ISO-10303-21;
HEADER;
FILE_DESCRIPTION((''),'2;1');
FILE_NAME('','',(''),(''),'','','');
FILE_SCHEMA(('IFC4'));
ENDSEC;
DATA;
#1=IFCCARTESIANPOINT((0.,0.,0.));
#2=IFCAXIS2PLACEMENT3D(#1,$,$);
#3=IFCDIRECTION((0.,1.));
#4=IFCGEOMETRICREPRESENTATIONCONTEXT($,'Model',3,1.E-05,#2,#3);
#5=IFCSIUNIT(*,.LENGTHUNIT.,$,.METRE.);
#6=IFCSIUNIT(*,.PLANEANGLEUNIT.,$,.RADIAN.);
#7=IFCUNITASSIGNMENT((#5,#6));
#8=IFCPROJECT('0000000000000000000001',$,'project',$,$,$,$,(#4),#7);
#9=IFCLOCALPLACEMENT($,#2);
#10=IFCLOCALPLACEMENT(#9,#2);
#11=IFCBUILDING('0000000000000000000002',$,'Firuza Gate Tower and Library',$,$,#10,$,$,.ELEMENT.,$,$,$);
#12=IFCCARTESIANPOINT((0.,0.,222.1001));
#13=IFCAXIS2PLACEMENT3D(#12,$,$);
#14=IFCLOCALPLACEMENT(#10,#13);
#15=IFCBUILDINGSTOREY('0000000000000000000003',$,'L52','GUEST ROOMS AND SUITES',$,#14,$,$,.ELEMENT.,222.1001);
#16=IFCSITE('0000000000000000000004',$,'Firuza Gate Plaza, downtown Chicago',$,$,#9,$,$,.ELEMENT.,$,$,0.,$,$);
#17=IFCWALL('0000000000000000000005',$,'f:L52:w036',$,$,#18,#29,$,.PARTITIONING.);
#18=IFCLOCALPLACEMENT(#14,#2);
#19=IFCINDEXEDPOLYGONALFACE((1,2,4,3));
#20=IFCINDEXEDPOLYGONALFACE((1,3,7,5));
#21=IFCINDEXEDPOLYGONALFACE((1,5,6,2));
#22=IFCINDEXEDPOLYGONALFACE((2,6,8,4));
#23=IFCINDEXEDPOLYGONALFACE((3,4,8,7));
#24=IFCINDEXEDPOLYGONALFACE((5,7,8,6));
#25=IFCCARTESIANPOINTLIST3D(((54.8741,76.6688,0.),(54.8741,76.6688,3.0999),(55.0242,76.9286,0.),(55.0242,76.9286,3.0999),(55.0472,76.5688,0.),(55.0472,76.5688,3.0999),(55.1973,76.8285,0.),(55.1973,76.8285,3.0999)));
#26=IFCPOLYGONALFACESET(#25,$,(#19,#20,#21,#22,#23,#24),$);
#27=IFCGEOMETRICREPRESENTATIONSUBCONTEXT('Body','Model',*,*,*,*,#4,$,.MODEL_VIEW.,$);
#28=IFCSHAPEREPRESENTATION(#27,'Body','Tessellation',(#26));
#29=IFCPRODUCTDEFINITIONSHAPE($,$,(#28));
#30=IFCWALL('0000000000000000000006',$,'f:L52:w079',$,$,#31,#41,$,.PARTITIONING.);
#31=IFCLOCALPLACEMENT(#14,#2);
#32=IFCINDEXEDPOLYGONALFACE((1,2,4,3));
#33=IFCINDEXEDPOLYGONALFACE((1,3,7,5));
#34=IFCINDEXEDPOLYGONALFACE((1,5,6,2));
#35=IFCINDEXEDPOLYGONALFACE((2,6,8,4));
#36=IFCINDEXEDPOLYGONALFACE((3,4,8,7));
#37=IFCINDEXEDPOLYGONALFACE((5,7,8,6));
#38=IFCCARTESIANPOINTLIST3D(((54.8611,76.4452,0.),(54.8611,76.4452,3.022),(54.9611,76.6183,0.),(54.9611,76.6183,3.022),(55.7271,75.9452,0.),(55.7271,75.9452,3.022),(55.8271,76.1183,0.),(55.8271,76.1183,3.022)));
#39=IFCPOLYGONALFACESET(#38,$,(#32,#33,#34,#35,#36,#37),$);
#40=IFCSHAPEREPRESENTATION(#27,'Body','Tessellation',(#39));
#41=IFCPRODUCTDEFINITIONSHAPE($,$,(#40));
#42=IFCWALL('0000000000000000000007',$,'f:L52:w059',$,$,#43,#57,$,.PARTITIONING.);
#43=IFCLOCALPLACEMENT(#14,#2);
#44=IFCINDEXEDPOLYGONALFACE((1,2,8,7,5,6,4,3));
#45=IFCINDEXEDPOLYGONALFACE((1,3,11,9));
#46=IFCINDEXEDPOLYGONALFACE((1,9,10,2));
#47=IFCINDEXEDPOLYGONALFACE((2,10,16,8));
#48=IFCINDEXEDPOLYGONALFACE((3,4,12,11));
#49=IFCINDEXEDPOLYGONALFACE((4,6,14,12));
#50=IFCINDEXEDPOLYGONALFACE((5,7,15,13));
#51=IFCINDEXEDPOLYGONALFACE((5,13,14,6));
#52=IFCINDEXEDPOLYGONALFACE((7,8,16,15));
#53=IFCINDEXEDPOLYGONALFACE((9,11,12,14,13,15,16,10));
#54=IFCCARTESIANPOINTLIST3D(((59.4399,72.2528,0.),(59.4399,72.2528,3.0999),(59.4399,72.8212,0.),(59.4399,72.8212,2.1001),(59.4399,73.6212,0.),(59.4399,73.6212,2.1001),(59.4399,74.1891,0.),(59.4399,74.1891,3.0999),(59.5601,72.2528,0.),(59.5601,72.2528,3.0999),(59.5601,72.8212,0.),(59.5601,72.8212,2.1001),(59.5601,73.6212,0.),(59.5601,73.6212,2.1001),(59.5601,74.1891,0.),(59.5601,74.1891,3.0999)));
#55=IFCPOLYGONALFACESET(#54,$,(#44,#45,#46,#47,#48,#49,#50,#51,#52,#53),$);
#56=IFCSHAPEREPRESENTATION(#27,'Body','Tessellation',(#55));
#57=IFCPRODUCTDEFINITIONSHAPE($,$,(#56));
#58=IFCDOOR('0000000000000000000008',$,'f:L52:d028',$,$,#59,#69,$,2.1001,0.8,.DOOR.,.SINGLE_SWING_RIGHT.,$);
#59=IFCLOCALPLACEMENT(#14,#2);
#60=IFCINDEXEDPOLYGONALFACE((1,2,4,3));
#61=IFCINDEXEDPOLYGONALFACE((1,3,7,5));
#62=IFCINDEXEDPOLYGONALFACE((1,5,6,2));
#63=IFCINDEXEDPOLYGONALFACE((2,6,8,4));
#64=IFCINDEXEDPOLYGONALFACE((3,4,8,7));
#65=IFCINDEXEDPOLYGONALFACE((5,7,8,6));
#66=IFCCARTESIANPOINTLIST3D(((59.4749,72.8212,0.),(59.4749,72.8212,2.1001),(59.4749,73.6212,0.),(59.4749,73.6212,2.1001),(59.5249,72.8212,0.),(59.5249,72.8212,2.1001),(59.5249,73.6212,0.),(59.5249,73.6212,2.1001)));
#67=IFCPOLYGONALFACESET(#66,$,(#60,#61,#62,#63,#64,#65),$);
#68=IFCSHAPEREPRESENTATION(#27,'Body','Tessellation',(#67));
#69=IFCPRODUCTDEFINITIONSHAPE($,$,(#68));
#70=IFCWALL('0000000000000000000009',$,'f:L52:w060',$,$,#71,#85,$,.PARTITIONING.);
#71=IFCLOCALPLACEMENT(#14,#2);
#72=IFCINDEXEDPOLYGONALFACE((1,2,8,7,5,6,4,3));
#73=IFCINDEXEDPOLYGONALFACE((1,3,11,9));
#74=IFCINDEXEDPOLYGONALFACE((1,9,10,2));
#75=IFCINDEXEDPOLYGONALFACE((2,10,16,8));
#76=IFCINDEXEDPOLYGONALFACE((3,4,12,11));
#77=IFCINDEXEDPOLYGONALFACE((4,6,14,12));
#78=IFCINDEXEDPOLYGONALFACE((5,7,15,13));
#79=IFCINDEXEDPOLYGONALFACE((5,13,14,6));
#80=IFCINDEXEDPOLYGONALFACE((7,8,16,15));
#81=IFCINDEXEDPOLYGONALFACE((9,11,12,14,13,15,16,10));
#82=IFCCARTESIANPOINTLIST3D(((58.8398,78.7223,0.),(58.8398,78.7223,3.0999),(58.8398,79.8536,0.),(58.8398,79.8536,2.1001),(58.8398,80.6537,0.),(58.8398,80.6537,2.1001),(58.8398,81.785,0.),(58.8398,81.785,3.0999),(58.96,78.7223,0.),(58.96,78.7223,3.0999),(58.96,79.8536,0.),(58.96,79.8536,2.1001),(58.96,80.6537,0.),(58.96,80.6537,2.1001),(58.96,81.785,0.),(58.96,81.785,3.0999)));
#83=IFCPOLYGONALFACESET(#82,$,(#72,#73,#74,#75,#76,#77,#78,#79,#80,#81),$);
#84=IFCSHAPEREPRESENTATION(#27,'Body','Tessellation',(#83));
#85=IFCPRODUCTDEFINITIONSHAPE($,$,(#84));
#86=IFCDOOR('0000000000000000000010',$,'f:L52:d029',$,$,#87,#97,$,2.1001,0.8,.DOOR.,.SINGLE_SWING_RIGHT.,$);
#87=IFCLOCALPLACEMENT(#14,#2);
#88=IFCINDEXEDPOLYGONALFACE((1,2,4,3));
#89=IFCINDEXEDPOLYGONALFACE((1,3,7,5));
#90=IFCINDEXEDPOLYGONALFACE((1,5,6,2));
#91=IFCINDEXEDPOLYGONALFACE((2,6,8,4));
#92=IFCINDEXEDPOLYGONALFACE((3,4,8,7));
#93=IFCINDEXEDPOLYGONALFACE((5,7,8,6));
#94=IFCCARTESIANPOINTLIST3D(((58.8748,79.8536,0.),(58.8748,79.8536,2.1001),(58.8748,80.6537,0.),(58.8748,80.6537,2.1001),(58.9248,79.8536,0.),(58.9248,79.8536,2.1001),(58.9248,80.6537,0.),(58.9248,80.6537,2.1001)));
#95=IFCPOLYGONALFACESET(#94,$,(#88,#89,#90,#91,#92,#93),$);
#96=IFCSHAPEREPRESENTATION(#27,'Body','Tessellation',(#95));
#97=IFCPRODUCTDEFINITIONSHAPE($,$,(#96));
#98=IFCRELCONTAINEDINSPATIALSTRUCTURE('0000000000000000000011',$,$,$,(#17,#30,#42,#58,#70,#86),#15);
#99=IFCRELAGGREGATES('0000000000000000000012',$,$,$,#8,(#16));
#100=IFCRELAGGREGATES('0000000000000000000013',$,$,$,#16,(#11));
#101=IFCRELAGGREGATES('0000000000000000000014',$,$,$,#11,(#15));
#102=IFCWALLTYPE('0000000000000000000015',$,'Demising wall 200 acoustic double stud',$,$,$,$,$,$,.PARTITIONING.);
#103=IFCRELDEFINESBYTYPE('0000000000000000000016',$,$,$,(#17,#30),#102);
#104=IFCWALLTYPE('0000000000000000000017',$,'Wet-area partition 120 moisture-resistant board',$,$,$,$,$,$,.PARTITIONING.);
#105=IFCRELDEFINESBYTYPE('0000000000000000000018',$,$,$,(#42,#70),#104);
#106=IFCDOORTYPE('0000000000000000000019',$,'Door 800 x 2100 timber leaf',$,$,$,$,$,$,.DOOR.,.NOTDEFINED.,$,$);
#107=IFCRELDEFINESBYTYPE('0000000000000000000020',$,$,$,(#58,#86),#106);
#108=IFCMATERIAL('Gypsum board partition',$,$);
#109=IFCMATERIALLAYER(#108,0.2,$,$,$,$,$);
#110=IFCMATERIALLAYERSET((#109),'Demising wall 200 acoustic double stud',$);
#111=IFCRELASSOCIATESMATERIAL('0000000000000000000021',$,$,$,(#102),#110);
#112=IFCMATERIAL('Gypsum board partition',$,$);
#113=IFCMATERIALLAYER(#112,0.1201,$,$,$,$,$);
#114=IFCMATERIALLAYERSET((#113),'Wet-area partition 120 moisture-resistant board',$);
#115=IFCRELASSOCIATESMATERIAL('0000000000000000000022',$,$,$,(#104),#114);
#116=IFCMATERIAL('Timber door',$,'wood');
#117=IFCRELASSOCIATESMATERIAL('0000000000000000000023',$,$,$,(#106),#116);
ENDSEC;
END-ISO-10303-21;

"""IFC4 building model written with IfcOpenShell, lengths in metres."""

from ifc_helpers import new_model, si_unit, direction, frame, frame_2d, origin, place, context, subcontext, project, spatial, rectangle, extrude, material, layer, layer_set, type_object, element, fill, save


model = new_model("IFC4")

# Units and contexts
model_context = context("Model", 3, precision=1e-05, world=origin(), true_north=direction((0.0, 1.0)))
body_context = subcontext(model_context, "Body", "Model", "MODEL_VIEW")
ifc_project = project(units=[si_unit("LENGTHUNIT", "METRE"), si_unit("PLANEANGLEUNIT", "RADIAN")], contexts=[model_context])

# Site, building, storey
site_placement = place(None, origin())
site = spatial("IfcSite", under=ifc_project, at=site_placement, Name="Firuza Gate Plaza, downtown Chicago", CompositionType="ELEMENT", RefElevation=0.0)
building_placement = place(site_placement, origin())
building = spatial("IfcBuilding", under=site, at=building_placement, Name="Firuza Gate Tower and Library", CompositionType="ELEMENT")
storey_placement = place(building_placement, frame((0.0, 0.0, 222.1001)))
storey = spatial("IfcBuildingStorey", under=building, at=storey_placement, Name="L52", Description="GUEST ROOMS AND SUITES", CompositionType="ELEMENT", Elevation=222.1001)

# Walls
ifc_material_1 = material(Name="Gypsum board partition")
ifc_layer_1 = layer(ifc_material_1, 0.2)
ifc_layer_set_1 = layer_set([ifc_layer_1], Name="Demising wall 200 acoustic double stud")
wall_type_1 = type_object("IfcWallType", Name="Demising wall 200 acoustic double stud", PredefinedType="PARTITIONING", material=ifc_layer_set_1)
wall_1_placement = place(storey_placement, frame((54.9607, 76.6189, 0.0), z_axis=(0.0, 0.0, 1.0), x_axis=(0.500427, 0.865779, 0.0)))
element("IfcWall", 1, at=wall_1_placement, inside=storey, type_object=wall_type_1, Name="f:L52:w036", PredefinedType="PARTITIONING", context=body_context, shape_type="SweptSolid", body=[
    extrude(rectangle(XDim=0.3, YDim=0.2, at=frame_2d((0.1499, 0.0))), origin(), (0.0, 0.0, 1.0), 3.0999),
])
wall_2_placement = place(storey_placement, frame((55.7771, 76.0317, 0.0), z_axis=(0.0, 0.0, 1.0), x_axis=(-0.866011, 0.500025, 0.0)))
element("IfcWall", 2, at=wall_2_placement, inside=storey, type_object=wall_type_1, Name="f:L52:w079", PredefinedType="PARTITIONING", context=body_context, shape_type="SweptSolid", body=[
    extrude(rectangle(XDim=1.0, YDim=0.2, at=frame_2d((0.5, 0.0))), origin(), (0.0, 0.0, 1.0), 3.022),
])

# Walls, openings, doors
ifc_material_2 = material(Name="Gypsum board partition")
ifc_layer_2 = layer(ifc_material_2, 0.1201)
ifc_layer_set_2 = layer_set([ifc_layer_2], Name="Wet-area partition 120 moisture-resistant board")
wall_type_2 = type_object("IfcWallType", Name="Wet-area partition 120 moisture-resistant board", PredefinedType="PARTITIONING", material=ifc_layer_set_2)
wall_3_placement = place(storey_placement, frame((59.5, 74.1892, 0.0), z_axis=(0.0, 0.0, 1.0), x_axis=(0.0, -1.0, 0.0)))
wall_3 = element("IfcWall", 3, at=wall_3_placement, inside=storey, type_object=wall_type_2, Name="f:L52:w059", PredefinedType="PARTITIONING", context=body_context, shape_type="SweptSolid", body=[
    extrude(rectangle(XDim=1.9363, YDim=0.1201, at=frame_2d((0.9683, 0.0))), origin(), (0.0, 0.0, 1.0), 3.0999),
])
opening_1_placement = place(wall_3_placement, frame((0.5681, 0.0, 0.0)))
opening_1 = element("IfcOpeningElement", 4, at=opening_1_placement, cuts=wall_3, PredefinedType="OPENING", context=body_context, shape_type="SweptSolid", body=[
    extrude(rectangle(XDim=0.8, YDim=2.1001, at=frame_2d((0.3999, 1.05))), frame((0.0, 0.0701, 0.0), z_axis=(0.0, -1.0, 0.0), x_axis=(1.0, 0.0, 0.0)), (0.0, 0.0, 1.0), 0.1401),
])
ifc_material_3 = material(Name="Timber door", Category="wood")
door_type = type_object("IfcDoorType", Name="Door 800 x 2100 timber leaf", OperationType="NOTDEFINED", PredefinedType="DOOR", material=ifc_material_3)
door_1_placement = place(opening_1_placement, origin())
door_1 = element("IfcDoor", 5, at=door_1_placement, inside=storey, type_object=door_type, Name="f:L52:d028", OperationType="SINGLE_SWING_RIGHT", OverallHeight=2.1001, OverallWidth=0.8, PredefinedType="DOOR", context=body_context, shape_type="SweptSolid", body=[
    extrude(rectangle(XDim=0.8, YDim=2.1001, at=frame_2d((0.3999, 1.05))), frame((0.0, 0.0249, 0.0), z_axis=(0.0, -1.0, 0.0), x_axis=(1.0, 0.0, 0.0)), (0.0, 0.0, 1.0), 0.05),
])
fill(opening_1, door_1)
wall_4_placement = place(storey_placement, frame((58.8999, 81.7849, 0.0), z_axis=(0.0, 0.0, 1.0), x_axis=(0.0, -1.0, 0.0)))
wall_4 = element("IfcWall", 6, at=wall_4_placement, inside=storey, type_object=wall_type_2, Name="f:L52:w060", PredefinedType="PARTITIONING", context=body_context, shape_type="SweptSolid", body=[
    extrude(rectangle(XDim=3.0627, YDim=0.1201, at=frame_2d((1.5312, 0.0))), origin(), (0.0, 0.0, 1.0), 3.0999),
])
opening_2_placement = place(wall_4_placement, frame((1.1313, 0.0, 0.0)))
opening_2 = element("IfcOpeningElement", 7, at=opening_2_placement, cuts=wall_4, PredefinedType="OPENING", context=body_context, shape_type="SweptSolid", body=[
    extrude(rectangle(XDim=0.8, YDim=2.1001, at=frame_2d((0.3999, 1.05))), frame((0.0, 0.0701, 0.0), z_axis=(0.0, -1.0, 0.0), x_axis=(1.0, 0.0, 0.0)), (0.0, 0.0, 1.0), 0.1401),
])
door_2_placement = place(opening_2_placement, origin())
door_2 = element("IfcDoor", 8, at=door_2_placement, inside=storey, type_object=door_type, Name="f:L52:d029", OperationType="SINGLE_SWING_RIGHT", OverallHeight=2.1001, OverallWidth=0.8, PredefinedType="DOOR", context=body_context, shape_type="SweptSolid", body=[
    extrude(rectangle(XDim=0.8, YDim=2.1001, at=frame_2d((0.3999, 1.05))), frame((0.0, 0.0249, 0.0), z_axis=(0.0, -1.0, 0.0), x_axis=(1.0, 0.0, 0.0)), (0.0, 0.0, 1.0), 0.05),
])
fill(opening_2, door_2)

save(model, "model.ifc")
